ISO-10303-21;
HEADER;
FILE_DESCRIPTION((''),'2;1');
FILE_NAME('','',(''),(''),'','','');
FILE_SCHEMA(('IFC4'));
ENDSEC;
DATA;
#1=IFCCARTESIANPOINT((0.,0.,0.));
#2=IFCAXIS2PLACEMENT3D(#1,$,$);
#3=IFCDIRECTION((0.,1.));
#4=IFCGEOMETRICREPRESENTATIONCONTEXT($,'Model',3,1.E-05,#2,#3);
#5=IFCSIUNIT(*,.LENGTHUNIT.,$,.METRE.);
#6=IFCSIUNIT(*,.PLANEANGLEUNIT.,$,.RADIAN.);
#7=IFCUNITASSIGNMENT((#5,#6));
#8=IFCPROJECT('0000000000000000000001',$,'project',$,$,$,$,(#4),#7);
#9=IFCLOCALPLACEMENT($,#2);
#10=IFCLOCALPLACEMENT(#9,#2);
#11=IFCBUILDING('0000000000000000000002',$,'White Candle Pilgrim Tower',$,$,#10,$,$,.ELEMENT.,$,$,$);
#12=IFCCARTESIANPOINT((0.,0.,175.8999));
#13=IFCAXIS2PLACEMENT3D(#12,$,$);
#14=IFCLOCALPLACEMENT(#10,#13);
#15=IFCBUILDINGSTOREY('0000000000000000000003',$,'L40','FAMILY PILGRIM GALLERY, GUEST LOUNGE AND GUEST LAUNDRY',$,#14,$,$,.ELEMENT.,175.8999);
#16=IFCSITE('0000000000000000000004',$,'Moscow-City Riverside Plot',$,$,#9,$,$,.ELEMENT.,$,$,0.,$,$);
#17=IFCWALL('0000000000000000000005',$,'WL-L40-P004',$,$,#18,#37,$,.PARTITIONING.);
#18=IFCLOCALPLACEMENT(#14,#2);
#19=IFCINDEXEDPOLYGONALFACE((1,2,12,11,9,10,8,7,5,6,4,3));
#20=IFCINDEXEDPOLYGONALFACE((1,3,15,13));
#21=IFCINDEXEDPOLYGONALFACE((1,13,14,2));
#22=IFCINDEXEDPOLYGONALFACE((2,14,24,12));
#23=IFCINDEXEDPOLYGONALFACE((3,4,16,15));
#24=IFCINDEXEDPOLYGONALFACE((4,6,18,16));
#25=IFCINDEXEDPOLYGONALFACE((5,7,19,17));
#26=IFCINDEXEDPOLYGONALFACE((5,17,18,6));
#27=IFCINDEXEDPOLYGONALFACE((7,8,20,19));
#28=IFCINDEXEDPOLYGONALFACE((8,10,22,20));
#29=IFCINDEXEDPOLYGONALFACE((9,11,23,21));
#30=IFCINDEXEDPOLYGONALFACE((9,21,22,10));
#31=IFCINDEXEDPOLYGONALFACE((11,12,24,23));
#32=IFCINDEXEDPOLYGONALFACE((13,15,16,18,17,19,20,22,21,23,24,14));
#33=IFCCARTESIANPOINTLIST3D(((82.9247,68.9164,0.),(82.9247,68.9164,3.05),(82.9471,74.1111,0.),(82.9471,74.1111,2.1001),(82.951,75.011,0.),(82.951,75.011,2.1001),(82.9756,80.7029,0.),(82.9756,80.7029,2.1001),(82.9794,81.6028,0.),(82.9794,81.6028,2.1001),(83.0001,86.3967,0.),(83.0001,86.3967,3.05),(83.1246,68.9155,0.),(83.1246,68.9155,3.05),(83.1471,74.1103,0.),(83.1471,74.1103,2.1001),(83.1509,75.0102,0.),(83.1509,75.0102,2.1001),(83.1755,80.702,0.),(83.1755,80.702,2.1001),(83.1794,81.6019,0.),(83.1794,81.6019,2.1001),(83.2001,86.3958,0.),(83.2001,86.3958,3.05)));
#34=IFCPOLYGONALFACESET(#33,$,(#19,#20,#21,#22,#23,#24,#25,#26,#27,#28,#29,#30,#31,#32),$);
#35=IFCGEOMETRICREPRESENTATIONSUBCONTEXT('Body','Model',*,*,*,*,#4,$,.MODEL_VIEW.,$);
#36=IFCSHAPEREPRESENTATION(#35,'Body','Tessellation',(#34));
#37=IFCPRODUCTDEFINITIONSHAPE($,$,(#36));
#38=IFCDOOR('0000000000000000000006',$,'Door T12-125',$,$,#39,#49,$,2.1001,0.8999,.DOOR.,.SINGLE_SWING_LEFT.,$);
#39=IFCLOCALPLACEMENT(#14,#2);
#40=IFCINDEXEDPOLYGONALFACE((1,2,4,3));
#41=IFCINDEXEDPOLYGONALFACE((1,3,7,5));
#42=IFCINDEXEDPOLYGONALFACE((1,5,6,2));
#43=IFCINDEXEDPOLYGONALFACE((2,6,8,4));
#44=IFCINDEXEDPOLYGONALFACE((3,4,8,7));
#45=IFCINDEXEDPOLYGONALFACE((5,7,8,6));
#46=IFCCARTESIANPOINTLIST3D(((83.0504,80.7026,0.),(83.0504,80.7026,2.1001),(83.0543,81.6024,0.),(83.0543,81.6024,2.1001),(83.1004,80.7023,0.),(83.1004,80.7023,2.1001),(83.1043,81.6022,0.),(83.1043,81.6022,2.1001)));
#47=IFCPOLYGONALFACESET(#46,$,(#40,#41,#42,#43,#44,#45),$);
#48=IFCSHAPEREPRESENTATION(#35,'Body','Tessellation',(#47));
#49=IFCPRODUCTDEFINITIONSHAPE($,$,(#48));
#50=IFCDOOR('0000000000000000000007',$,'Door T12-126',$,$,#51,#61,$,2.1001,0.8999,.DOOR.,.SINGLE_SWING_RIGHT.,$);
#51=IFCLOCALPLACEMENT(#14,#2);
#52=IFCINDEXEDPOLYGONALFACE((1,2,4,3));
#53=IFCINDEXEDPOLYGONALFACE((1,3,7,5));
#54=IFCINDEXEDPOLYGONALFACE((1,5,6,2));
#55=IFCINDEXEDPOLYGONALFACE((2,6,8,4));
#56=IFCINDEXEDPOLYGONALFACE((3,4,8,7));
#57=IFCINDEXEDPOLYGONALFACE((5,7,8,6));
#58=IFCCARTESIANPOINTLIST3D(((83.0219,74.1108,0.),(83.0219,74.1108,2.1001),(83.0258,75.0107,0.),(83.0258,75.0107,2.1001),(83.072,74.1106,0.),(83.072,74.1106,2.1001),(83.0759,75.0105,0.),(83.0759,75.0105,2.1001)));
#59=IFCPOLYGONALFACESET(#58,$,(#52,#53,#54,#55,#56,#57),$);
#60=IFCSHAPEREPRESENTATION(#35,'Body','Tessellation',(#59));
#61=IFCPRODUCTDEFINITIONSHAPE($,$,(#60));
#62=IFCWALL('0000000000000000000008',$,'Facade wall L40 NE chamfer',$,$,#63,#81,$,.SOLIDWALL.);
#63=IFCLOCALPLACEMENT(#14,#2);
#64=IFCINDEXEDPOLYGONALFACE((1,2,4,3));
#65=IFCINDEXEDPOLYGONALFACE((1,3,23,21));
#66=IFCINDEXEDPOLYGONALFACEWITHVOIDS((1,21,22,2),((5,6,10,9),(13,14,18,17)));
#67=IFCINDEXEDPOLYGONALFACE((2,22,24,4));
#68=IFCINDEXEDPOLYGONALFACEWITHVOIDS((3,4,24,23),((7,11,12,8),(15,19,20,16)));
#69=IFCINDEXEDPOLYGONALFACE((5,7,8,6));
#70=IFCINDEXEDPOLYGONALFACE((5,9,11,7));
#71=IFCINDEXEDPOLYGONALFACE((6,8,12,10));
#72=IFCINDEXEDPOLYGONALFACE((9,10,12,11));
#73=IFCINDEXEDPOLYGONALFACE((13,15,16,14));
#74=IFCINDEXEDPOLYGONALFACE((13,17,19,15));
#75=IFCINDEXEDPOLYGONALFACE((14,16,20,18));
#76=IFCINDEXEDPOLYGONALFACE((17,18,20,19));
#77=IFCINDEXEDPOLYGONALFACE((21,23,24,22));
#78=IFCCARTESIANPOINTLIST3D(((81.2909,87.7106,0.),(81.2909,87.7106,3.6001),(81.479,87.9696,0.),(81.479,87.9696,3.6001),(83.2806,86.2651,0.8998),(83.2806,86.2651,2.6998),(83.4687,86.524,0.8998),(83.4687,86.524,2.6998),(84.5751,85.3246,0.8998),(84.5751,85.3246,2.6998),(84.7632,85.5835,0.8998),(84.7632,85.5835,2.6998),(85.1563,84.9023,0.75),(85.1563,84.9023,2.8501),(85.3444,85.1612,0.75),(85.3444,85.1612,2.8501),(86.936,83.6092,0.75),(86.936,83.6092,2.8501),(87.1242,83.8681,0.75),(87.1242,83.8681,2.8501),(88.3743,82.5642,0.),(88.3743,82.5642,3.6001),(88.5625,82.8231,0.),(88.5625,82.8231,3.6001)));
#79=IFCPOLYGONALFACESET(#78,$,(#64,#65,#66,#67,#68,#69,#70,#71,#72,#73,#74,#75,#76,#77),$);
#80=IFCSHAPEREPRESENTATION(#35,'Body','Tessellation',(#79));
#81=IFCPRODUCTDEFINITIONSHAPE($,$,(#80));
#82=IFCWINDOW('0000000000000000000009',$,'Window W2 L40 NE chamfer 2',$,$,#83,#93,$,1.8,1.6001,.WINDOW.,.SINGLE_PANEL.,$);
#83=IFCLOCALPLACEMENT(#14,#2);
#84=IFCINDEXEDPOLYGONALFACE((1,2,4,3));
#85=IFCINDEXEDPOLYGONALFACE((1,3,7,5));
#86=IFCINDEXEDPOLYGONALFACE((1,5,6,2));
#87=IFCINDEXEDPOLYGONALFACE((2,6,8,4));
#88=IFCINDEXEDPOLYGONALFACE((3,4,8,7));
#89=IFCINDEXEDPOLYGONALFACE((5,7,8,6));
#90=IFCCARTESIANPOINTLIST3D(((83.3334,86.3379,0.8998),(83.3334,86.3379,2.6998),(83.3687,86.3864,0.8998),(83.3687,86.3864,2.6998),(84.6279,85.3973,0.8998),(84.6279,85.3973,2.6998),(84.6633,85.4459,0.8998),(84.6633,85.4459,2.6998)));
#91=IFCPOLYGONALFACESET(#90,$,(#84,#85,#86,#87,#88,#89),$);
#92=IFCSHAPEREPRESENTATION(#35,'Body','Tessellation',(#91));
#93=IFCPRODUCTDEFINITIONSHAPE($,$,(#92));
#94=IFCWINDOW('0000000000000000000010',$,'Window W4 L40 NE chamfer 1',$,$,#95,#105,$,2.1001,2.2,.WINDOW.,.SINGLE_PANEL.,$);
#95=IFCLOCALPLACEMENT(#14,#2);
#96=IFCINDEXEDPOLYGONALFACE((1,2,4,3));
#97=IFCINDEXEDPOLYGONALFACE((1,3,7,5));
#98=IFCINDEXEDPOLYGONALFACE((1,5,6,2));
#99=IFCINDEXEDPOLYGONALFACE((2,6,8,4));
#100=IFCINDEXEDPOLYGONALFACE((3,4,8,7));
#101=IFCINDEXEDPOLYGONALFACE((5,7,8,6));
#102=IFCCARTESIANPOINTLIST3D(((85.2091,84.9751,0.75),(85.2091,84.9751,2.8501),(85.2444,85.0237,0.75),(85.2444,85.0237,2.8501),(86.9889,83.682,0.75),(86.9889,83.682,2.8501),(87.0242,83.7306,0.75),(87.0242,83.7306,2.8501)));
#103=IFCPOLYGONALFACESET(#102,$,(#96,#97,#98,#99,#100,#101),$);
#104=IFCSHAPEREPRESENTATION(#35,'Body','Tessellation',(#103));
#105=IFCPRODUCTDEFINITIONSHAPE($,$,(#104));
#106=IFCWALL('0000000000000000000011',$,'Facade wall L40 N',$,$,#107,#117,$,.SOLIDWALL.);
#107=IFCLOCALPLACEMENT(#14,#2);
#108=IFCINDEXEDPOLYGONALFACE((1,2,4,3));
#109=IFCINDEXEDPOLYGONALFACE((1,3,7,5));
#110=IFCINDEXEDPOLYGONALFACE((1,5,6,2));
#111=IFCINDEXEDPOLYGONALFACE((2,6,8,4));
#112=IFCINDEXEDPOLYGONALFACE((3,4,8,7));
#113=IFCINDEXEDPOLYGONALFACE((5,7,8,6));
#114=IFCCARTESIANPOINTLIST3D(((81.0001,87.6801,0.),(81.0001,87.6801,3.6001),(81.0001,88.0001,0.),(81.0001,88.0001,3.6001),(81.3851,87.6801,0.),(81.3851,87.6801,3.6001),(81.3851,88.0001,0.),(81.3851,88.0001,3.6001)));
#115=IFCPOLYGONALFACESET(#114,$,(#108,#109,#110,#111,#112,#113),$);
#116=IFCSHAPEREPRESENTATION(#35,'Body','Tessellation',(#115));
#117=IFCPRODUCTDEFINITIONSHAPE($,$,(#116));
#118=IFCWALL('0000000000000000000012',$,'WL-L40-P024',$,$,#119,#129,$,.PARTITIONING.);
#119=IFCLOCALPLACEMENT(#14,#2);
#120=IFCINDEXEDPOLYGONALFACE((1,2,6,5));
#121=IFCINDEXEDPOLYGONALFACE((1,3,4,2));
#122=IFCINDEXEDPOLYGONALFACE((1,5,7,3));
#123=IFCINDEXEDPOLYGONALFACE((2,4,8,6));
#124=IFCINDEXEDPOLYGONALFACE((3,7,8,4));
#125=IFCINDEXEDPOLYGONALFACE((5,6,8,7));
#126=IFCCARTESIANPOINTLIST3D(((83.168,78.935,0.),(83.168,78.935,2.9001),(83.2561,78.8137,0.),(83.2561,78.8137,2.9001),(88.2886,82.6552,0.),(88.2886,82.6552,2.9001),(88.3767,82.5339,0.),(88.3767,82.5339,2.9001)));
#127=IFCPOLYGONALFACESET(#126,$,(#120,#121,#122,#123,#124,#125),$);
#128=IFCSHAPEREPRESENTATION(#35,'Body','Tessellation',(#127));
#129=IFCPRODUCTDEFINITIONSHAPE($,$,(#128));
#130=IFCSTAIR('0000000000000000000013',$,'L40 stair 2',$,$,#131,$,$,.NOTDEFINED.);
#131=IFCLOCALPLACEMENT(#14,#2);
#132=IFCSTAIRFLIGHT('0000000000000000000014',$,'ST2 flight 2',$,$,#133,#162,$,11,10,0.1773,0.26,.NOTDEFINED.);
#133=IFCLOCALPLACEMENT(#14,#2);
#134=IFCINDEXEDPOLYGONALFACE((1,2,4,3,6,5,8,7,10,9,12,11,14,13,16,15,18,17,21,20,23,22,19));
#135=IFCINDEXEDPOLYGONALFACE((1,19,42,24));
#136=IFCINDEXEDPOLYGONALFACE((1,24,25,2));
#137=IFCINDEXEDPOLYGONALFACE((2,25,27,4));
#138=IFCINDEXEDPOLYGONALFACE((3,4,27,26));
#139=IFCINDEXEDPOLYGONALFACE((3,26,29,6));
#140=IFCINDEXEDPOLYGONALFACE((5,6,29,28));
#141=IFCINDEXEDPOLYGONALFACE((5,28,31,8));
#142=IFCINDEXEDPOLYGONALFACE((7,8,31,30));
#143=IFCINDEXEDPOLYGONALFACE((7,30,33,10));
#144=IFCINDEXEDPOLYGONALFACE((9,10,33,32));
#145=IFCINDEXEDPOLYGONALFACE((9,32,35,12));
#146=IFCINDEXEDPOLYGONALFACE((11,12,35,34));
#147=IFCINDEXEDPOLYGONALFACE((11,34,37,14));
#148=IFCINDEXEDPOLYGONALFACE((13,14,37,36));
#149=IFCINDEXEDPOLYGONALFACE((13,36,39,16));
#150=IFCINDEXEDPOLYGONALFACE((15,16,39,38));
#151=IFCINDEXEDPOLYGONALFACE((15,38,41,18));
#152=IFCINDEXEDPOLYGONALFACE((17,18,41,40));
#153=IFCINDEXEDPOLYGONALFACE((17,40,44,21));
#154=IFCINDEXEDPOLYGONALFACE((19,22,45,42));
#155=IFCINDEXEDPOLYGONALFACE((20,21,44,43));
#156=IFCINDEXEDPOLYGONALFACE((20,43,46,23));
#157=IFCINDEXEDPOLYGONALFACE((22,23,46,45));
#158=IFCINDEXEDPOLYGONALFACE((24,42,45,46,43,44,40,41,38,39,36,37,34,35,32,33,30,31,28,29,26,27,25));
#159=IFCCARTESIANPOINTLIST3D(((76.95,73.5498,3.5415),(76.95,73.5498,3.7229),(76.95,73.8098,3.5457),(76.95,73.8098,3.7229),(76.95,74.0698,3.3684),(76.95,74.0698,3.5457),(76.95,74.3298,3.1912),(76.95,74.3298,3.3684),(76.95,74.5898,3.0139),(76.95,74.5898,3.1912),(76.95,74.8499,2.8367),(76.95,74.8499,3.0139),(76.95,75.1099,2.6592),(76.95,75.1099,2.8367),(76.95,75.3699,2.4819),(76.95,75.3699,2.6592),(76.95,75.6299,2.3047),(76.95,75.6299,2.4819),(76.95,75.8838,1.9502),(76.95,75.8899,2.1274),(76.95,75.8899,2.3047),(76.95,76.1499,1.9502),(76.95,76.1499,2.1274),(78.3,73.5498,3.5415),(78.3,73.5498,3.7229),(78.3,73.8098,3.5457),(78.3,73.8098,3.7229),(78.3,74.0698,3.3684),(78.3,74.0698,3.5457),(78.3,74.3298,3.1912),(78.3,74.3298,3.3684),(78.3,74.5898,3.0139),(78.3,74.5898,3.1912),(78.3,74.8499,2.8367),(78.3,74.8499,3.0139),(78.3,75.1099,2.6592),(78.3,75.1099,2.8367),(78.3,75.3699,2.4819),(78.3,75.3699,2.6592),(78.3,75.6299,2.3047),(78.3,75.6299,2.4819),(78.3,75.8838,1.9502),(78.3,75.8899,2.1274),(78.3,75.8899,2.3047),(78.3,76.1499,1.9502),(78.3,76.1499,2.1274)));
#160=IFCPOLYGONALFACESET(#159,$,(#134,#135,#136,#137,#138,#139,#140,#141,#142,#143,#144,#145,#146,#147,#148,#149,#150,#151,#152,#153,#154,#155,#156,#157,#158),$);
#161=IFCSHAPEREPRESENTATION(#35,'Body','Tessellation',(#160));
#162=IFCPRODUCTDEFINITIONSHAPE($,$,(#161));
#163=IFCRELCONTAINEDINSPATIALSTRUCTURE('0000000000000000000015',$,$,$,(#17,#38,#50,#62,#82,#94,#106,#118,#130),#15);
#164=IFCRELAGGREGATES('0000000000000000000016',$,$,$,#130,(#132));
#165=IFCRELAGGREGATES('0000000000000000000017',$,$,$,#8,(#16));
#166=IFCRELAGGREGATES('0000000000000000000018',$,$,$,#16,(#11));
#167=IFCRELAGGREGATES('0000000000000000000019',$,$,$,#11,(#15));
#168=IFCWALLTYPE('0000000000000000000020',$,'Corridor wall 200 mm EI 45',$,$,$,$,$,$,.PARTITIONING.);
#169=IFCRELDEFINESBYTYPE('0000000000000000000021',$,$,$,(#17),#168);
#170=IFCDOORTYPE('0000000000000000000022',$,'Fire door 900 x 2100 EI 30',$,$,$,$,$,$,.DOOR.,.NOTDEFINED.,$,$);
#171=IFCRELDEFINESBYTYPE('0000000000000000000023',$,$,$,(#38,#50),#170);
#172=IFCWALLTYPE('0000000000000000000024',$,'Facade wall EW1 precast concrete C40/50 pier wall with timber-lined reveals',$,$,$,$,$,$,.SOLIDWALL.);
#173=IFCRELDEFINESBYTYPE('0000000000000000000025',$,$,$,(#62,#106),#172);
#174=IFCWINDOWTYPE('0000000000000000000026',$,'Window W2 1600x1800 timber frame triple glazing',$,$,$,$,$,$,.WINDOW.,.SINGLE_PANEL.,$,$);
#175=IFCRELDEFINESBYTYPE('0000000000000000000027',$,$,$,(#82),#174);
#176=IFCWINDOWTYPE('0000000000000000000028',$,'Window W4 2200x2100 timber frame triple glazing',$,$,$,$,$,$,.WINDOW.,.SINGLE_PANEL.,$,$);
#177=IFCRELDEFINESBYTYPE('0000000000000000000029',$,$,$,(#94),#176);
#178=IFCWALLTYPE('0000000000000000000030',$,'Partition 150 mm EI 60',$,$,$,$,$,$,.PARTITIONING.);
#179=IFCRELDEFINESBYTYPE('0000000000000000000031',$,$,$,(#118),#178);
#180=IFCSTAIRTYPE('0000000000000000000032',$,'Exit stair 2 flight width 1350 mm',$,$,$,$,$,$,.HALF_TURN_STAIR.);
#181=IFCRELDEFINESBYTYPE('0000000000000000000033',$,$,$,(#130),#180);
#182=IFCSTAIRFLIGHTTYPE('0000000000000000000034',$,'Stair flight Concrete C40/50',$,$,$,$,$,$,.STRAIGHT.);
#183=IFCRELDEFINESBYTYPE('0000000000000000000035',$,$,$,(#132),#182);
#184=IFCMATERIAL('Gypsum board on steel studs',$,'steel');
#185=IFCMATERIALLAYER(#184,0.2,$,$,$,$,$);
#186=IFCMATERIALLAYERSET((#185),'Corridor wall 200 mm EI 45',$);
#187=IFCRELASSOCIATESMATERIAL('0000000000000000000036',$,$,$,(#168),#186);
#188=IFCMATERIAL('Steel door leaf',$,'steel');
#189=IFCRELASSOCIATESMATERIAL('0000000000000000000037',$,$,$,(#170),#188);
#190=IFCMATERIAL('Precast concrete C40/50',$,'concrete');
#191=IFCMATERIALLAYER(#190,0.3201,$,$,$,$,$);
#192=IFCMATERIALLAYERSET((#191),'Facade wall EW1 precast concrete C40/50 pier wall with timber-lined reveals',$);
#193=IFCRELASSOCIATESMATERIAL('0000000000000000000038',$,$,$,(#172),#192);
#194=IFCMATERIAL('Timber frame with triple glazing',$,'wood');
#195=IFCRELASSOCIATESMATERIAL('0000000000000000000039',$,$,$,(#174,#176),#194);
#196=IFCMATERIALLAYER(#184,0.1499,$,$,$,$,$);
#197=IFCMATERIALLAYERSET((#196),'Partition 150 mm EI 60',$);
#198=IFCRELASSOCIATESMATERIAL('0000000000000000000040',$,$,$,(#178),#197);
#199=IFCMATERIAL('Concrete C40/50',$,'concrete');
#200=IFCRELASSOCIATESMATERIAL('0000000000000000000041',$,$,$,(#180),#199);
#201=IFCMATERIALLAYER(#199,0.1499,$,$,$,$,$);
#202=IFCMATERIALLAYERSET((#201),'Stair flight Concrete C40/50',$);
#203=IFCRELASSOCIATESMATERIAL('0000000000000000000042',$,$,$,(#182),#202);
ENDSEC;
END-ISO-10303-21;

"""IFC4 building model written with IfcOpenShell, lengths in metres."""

from ifc_helpers import new_model, si_unit, direction, frame, frame_2d, origin, place, context, subcontext, project, spatial, polyline, rectangle, outline, extrude, material, layer, layer_set, type_object, element, fill, aggregate, save


model = new_model("IFC4")

# Units and contexts
model_context = context("Model", 3, precision=1e-05, world=origin(), true_north=direction((0.0, 1.0)))
body_context = subcontext(model_context, "Body", "Model", "MODEL_VIEW")
ifc_project = project(units=[si_unit("LENGTHUNIT", "METRE"), si_unit("PLANEANGLEUNIT", "RADIAN")], contexts=[model_context])

# Site, building, storey
site_placement = place(None, origin())
site = spatial("IfcSite", under=ifc_project, at=site_placement, Name="Moscow-City Riverside Plot", CompositionType="ELEMENT", RefElevation=0.0)
building_placement = place(site_placement, origin())
building = spatial("IfcBuilding", under=site, at=building_placement, Name="White Candle Pilgrim Tower", CompositionType="ELEMENT")
storey_placement = place(building_placement, frame((0.0, 0.0, 175.8999)))
storey = spatial("IfcBuildingStorey", under=building, at=storey_placement, Name="L40", Description="FAMILY PILGRIM GALLERY, GUEST LOUNGE AND GUEST LAUNDRY", CompositionType="ELEMENT", Elevation=175.8999)

# Shared definitions
ifc_material_1 = material(Name="Steel door leaf", Category="steel")

# Wall, openings, doors
ifc_material_2 = material(Name="Gypsum board on steel studs", Category="steel")
ifc_layer_1 = layer(ifc_material_2, 0.2)
ifc_layer_set_1 = layer_set([ifc_layer_1], Name="Corridor wall 200 mm EI 45")
wall_type_1 = type_object("IfcWallType", Name="Corridor wall 200 mm EI 45", PredefinedType="PARTITIONING", material=ifc_layer_set_1)
wall_1_placement = place(storey_placement, frame((83.1001, 86.3962, 0.0), z_axis=(0.0, 0.0, 1.0), x_axis=(-0.004316, -0.999991, 0.0)))
wall_1 = element("IfcWall", 1, at=wall_1_placement, inside=storey, type_object=wall_type_1, Name="WL-L40-P004", PredefinedType="PARTITIONING", context=body_context, shape_type="SweptSolid", body=[
    extrude(rectangle(XDim=17.4805, YDim=0.2, at=frame_2d((8.7402, 0.0))), origin(), (0.0, 0.0, 1.0), 3.05),
])
opening_1_placement = place(wall_1_placement, frame((4.7939, 0.0, 0.0)))
opening_1 = element("IfcOpeningElement", 2, at=opening_1_placement, cuts=wall_1, PredefinedType="OPENING", context=body_context, shape_type="SweptSolid", body=[
    extrude(rectangle(XDim=0.8999, YDim=2.1001, at=frame_2d((0.45, 1.05))), frame((0.0, 0.1099, 0.0), z_axis=(0.0, -1.0, 0.0), x_axis=(1.0, 0.0, 0.0)), (0.0, 0.0, 1.0), 0.22),
])
opening_2_placement = place(wall_1_placement, frame((11.3857, 0.0, 0.0)))
opening_2 = element("IfcOpeningElement", 3, at=opening_2_placement, cuts=wall_1, PredefinedType="OPENING", context=body_context, shape_type="SweptSolid", body=[
    extrude(rectangle(XDim=0.8999, YDim=2.1001, at=frame_2d((0.45, 1.05))), frame((0.0, 0.1099, 0.0), z_axis=(0.0, -1.0, 0.0), x_axis=(1.0, 0.0, 0.0)), (0.0, 0.0, 1.0), 0.22),
])
door_type_1 = type_object("IfcDoorType", Name="Fire door 900 x 2100 EI 30", OperationType="NOTDEFINED", PredefinedType="DOOR", material=ifc_material_1)
door_1_placement = place(opening_1_placement, origin())
door_1 = element("IfcDoor", 4, at=door_1_placement, inside=storey, type_object=door_type_1, Name="Door T12-125", OperationType="SINGLE_SWING_LEFT", OverallHeight=2.1001, OverallWidth=0.8999, PredefinedType="DOOR", context=body_context, shape_type="SweptSolid", body=[
    extrude(rectangle(XDim=0.8999, YDim=2.1001, at=frame_2d((0.45, 1.05))), frame((0.0, 0.0249, 0.0), z_axis=(0.0, -1.0, 0.0), x_axis=(1.0, 0.0, 0.0)), (0.0, 0.0, 1.0), 0.05),
])
fill(opening_1, door_1)
door_2_placement = place(opening_2_placement, origin())
door_2 = element("IfcDoor", 5, at=door_2_placement, inside=storey, type_object=door_type_1, Name="Door T12-126", OperationType="SINGLE_SWING_RIGHT", OverallHeight=2.1001, OverallWidth=0.8999, PredefinedType="DOOR", context=body_context, shape_type="SweptSolid", body=[
    extrude(rectangle(XDim=0.8999, YDim=2.1001, at=frame_2d((0.45, 1.05))), frame((0.0, 0.0249, 0.0), z_axis=(0.0, -1.0, 0.0), x_axis=(1.0, 0.0, 0.0)), (0.0, 0.0, 1.0), 0.05),
])
fill(opening_2, door_2)

# Wall, openings, windows
ifc_material_3 = material(Name="Precast concrete C40/50", Category="concrete")
ifc_layer_2 = layer(ifc_material_3, 0.3201)
ifc_layer_set_2 = layer_set([ifc_layer_2], Name="Facade wall EW1 precast concrete C40/50 pier wall with timber-lined reveals")
wall_type_2 = type_object("IfcWallType", Name="Facade wall EW1 precast concrete C40/50 pier wall with timber-lined reveals", PredefinedType="SOLIDWALL", material=ifc_layer_set_2)
wall_2_placement = place(storey_placement, frame((88.4685, 82.6936, 0.0), z_axis=(0.0, 0.0, 1.0), x_axis=(-0.809016, 0.587787, 0.0)))
wall_2 = element("IfcWall", 6, at=wall_2_placement, inside=storey, type_object=wall_type_2, Name="Facade wall L40 NE chamfer", PredefinedType="SOLIDWALL", context=body_context, shape_type="SweptSolid", body=[
    extrude(rectangle(XDim=8.7556, YDim=0.3201, at=frame_2d((4.3779, 0.0))), origin(), (0.0, 0.0, 1.0), 3.6001),
])
opening_3_placement = place(wall_2_placement, frame((1.7778, 0.0, 0.75)))
opening_3 = element("IfcOpeningElement", 7, at=opening_3_placement, cuts=wall_2, PredefinedType="OPENING", context=body_context, shape_type="SweptSolid", body=[
    extrude(rectangle(XDim=2.2, YDim=2.1001, at=frame_2d((1.1001, 1.05))), frame((0.0, 0.1699, 0.0), z_axis=(0.0, -1.0, 0.0), x_axis=(1.0, 0.0, 0.0)), (0.0, 0.0, 1.0), 0.3401),
])
opening_4_placement = place(wall_2_placement, frame((4.6963, 0.0, 0.8999)))
opening_4 = element("IfcOpeningElement", 8, at=opening_4_placement, cuts=wall_2, PredefinedType="OPENING", context=body_context, shape_type="SweptSolid", body=[
    extrude(rectangle(XDim=1.6001, YDim=1.8, at=frame_2d((0.8, 0.8999))), frame((0.0, 0.1699, 0.0), z_axis=(0.0, -1.0, 0.0), x_axis=(1.0, 0.0, 0.0)), (0.0, 0.0, 1.0), 0.3401),
])
ifc_material_4 = material(Name="Timber frame with triple glazing", Category="wood")
window_type_1 = type_object("IfcWindowType", Name="Window W2 1600x1800 timber frame triple glazing", PartitioningType="SINGLE_PANEL", PredefinedType="WINDOW", material=ifc_material_4)
window_1_placement = place(opening_4_placement, origin())
window_1 = element("IfcWindow", 9, at=window_1_placement, inside=storey, type_object=window_type_1, Name="Window W2 L40 NE chamfer 2", OverallHeight=1.8, OverallWidth=1.6001, PartitioningType="SINGLE_PANEL", PredefinedType="WINDOW", context=body_context, shape_type="SweptSolid", body=[
    extrude(rectangle(XDim=1.6001, YDim=1.8, at=frame_2d((0.8, 0.8999))), frame((0.0, 0.0701, 0.0), z_axis=(0.0, -1.0, 0.0), x_axis=(1.0, 0.0, 0.0)), (0.0, 0.0, 1.0), 0.0601),
])
fill(opening_4, window_1)
window_type_2 = type_object("IfcWindowType", Name="Window W4 2200x2100 timber frame triple glazing", PartitioningType="SINGLE_PANEL", PredefinedType="WINDOW", material=ifc_material_4)
window_2_placement = place(opening_3_placement, origin())
window_2 = element("IfcWindow", 10, at=window_2_placement, inside=storey, type_object=window_type_2, Name="Window W4 L40 NE chamfer 1", OverallHeight=2.1001, OverallWidth=2.2, PartitioningType="SINGLE_PANEL", PredefinedType="WINDOW", context=body_context, shape_type="SweptSolid", body=[
    extrude(rectangle(XDim=2.2, YDim=2.1001, at=frame_2d((1.1001, 1.05))), frame((0.0, 0.0701, 0.0), z_axis=(0.0, -1.0, 0.0), x_axis=(1.0, 0.0, 0.0)), (0.0, 0.0, 1.0), 0.0601),
])
fill(opening_3, window_2)

# Walls
wall_3_placement = place(storey_placement, frame((81.385, 87.8401, 0.0), z_axis=(0.0, 0.0, 1.0), x_axis=(-1.0, 0.0, 0.0)))
element("IfcWall", 11, at=wall_3_placement, inside=storey, type_object=wall_type_2, Name="Facade wall L40 N", PredefinedType="SOLIDWALL", context=body_context, shape_type="SweptSolid", body=[
    extrude(rectangle(XDim=0.385, YDim=0.3201, at=frame_2d((0.1924, 0.0))), origin(), (0.0, 0.0, 1.0), 3.6001),
])
ifc_layer_3 = layer(ifc_material_2, 0.1499)
ifc_layer_set_3 = layer_set([ifc_layer_3], Name="Partition 150 mm EI 60")
wall_type_3 = type_object("IfcWallType", Name="Partition 150 mm EI 60", PredefinedType="PARTITIONING", material=ifc_layer_set_3)
wall_4_placement = place(storey_placement, frame((88.3325, 82.5945, 0.0), z_axis=(0.0, 0.0, 1.0), x_axis=(-0.809026, -0.587773, 0.0)))
element("IfcWall", 12, at=wall_4_placement, inside=storey, type_object=wall_type_3, Name="WL-L40-P024", PredefinedType="PARTITIONING", context=body_context, shape_type="SweptSolid", body=[
    extrude(rectangle(XDim=6.3293, YDim=0.1499, at=frame_2d((3.1646, 0.0))), origin(), (0.0, 0.0, 1.0), 2.9001),
])

# Stair, stair flight
ifc_material_5 = material(Name="Concrete C40/50", Category="concrete")
stair_type = type_object("IfcStairType", Name="Exit stair 2 flight width 1350 mm", PredefinedType="HALF_TURN_STAIR", material=ifc_material_5)
stair_placement = place(storey_placement, origin())
stair = element("IfcStair", 13, at=stair_placement, inside=storey, type_object=stair_type, Name="L40 stair 2", PredefinedType="NOTDEFINED")
ifc_layer_4 = layer(ifc_material_5, 0.1499)
ifc_layer_set_4 = layer_set([ifc_layer_4], Name="Stair flight Concrete C40/50")
stair_flight_type = type_object("IfcStairFlightType", Name="Stair flight Concrete C40/50", PredefinedType="STRAIGHT", material=ifc_layer_set_4)
stair_flight_placement = place(storey_placement, frame((77.625, 76.1499, 1.9502), z_axis=(0.0, 0.0, 1.0), x_axis=(0.0, -1.0, 0.0)))
stair_flight = element("IfcStairFlight", 14, at=stair_flight_placement, type_object=stair_flight_type, Name="ST2 flight 2", NumberOfRisers=11, NumberOfTreads=10, PredefinedType="NOTDEFINED", RiserHeight=0.1773, TreadLength=0.26, context=body_context, shape_type="SweptSolid", body=[
    extrude(outline(polyline([(0.0, 0.0), (0.0, 0.1772), (0.26, 0.1772), (0.26, 0.3545), (0.52, 0.3545), (0.52, 0.5317), (0.78, 0.5317), (0.78, 0.709), (1.04, 0.709), (1.04, 0.8865), (1.3, 0.8865), (1.3, 1.0637), (1.5601, 1.0637), (1.5601, 1.241), (1.8201, 1.241), (1.8201, 1.4182), (2.0801, 1.4182), (2.0801, 1.5955), (2.3401, 1.5955), (2.3401, 1.7727), (2.6001, 1.7727), (2.6001, 1.95), (2.6001, 1.5913), (0.2661, 0.0), (0.0, 0.0)])), frame((0.0, 0.675, 0.0), z_axis=(0.0, -1.0, 0.0), x_axis=(1.0, 0.0, 0.0)), (0.0, 0.0, 1.0), 1.3501),
])
aggregate(stair, [stair_flight])

save(model, "model.ifc")
